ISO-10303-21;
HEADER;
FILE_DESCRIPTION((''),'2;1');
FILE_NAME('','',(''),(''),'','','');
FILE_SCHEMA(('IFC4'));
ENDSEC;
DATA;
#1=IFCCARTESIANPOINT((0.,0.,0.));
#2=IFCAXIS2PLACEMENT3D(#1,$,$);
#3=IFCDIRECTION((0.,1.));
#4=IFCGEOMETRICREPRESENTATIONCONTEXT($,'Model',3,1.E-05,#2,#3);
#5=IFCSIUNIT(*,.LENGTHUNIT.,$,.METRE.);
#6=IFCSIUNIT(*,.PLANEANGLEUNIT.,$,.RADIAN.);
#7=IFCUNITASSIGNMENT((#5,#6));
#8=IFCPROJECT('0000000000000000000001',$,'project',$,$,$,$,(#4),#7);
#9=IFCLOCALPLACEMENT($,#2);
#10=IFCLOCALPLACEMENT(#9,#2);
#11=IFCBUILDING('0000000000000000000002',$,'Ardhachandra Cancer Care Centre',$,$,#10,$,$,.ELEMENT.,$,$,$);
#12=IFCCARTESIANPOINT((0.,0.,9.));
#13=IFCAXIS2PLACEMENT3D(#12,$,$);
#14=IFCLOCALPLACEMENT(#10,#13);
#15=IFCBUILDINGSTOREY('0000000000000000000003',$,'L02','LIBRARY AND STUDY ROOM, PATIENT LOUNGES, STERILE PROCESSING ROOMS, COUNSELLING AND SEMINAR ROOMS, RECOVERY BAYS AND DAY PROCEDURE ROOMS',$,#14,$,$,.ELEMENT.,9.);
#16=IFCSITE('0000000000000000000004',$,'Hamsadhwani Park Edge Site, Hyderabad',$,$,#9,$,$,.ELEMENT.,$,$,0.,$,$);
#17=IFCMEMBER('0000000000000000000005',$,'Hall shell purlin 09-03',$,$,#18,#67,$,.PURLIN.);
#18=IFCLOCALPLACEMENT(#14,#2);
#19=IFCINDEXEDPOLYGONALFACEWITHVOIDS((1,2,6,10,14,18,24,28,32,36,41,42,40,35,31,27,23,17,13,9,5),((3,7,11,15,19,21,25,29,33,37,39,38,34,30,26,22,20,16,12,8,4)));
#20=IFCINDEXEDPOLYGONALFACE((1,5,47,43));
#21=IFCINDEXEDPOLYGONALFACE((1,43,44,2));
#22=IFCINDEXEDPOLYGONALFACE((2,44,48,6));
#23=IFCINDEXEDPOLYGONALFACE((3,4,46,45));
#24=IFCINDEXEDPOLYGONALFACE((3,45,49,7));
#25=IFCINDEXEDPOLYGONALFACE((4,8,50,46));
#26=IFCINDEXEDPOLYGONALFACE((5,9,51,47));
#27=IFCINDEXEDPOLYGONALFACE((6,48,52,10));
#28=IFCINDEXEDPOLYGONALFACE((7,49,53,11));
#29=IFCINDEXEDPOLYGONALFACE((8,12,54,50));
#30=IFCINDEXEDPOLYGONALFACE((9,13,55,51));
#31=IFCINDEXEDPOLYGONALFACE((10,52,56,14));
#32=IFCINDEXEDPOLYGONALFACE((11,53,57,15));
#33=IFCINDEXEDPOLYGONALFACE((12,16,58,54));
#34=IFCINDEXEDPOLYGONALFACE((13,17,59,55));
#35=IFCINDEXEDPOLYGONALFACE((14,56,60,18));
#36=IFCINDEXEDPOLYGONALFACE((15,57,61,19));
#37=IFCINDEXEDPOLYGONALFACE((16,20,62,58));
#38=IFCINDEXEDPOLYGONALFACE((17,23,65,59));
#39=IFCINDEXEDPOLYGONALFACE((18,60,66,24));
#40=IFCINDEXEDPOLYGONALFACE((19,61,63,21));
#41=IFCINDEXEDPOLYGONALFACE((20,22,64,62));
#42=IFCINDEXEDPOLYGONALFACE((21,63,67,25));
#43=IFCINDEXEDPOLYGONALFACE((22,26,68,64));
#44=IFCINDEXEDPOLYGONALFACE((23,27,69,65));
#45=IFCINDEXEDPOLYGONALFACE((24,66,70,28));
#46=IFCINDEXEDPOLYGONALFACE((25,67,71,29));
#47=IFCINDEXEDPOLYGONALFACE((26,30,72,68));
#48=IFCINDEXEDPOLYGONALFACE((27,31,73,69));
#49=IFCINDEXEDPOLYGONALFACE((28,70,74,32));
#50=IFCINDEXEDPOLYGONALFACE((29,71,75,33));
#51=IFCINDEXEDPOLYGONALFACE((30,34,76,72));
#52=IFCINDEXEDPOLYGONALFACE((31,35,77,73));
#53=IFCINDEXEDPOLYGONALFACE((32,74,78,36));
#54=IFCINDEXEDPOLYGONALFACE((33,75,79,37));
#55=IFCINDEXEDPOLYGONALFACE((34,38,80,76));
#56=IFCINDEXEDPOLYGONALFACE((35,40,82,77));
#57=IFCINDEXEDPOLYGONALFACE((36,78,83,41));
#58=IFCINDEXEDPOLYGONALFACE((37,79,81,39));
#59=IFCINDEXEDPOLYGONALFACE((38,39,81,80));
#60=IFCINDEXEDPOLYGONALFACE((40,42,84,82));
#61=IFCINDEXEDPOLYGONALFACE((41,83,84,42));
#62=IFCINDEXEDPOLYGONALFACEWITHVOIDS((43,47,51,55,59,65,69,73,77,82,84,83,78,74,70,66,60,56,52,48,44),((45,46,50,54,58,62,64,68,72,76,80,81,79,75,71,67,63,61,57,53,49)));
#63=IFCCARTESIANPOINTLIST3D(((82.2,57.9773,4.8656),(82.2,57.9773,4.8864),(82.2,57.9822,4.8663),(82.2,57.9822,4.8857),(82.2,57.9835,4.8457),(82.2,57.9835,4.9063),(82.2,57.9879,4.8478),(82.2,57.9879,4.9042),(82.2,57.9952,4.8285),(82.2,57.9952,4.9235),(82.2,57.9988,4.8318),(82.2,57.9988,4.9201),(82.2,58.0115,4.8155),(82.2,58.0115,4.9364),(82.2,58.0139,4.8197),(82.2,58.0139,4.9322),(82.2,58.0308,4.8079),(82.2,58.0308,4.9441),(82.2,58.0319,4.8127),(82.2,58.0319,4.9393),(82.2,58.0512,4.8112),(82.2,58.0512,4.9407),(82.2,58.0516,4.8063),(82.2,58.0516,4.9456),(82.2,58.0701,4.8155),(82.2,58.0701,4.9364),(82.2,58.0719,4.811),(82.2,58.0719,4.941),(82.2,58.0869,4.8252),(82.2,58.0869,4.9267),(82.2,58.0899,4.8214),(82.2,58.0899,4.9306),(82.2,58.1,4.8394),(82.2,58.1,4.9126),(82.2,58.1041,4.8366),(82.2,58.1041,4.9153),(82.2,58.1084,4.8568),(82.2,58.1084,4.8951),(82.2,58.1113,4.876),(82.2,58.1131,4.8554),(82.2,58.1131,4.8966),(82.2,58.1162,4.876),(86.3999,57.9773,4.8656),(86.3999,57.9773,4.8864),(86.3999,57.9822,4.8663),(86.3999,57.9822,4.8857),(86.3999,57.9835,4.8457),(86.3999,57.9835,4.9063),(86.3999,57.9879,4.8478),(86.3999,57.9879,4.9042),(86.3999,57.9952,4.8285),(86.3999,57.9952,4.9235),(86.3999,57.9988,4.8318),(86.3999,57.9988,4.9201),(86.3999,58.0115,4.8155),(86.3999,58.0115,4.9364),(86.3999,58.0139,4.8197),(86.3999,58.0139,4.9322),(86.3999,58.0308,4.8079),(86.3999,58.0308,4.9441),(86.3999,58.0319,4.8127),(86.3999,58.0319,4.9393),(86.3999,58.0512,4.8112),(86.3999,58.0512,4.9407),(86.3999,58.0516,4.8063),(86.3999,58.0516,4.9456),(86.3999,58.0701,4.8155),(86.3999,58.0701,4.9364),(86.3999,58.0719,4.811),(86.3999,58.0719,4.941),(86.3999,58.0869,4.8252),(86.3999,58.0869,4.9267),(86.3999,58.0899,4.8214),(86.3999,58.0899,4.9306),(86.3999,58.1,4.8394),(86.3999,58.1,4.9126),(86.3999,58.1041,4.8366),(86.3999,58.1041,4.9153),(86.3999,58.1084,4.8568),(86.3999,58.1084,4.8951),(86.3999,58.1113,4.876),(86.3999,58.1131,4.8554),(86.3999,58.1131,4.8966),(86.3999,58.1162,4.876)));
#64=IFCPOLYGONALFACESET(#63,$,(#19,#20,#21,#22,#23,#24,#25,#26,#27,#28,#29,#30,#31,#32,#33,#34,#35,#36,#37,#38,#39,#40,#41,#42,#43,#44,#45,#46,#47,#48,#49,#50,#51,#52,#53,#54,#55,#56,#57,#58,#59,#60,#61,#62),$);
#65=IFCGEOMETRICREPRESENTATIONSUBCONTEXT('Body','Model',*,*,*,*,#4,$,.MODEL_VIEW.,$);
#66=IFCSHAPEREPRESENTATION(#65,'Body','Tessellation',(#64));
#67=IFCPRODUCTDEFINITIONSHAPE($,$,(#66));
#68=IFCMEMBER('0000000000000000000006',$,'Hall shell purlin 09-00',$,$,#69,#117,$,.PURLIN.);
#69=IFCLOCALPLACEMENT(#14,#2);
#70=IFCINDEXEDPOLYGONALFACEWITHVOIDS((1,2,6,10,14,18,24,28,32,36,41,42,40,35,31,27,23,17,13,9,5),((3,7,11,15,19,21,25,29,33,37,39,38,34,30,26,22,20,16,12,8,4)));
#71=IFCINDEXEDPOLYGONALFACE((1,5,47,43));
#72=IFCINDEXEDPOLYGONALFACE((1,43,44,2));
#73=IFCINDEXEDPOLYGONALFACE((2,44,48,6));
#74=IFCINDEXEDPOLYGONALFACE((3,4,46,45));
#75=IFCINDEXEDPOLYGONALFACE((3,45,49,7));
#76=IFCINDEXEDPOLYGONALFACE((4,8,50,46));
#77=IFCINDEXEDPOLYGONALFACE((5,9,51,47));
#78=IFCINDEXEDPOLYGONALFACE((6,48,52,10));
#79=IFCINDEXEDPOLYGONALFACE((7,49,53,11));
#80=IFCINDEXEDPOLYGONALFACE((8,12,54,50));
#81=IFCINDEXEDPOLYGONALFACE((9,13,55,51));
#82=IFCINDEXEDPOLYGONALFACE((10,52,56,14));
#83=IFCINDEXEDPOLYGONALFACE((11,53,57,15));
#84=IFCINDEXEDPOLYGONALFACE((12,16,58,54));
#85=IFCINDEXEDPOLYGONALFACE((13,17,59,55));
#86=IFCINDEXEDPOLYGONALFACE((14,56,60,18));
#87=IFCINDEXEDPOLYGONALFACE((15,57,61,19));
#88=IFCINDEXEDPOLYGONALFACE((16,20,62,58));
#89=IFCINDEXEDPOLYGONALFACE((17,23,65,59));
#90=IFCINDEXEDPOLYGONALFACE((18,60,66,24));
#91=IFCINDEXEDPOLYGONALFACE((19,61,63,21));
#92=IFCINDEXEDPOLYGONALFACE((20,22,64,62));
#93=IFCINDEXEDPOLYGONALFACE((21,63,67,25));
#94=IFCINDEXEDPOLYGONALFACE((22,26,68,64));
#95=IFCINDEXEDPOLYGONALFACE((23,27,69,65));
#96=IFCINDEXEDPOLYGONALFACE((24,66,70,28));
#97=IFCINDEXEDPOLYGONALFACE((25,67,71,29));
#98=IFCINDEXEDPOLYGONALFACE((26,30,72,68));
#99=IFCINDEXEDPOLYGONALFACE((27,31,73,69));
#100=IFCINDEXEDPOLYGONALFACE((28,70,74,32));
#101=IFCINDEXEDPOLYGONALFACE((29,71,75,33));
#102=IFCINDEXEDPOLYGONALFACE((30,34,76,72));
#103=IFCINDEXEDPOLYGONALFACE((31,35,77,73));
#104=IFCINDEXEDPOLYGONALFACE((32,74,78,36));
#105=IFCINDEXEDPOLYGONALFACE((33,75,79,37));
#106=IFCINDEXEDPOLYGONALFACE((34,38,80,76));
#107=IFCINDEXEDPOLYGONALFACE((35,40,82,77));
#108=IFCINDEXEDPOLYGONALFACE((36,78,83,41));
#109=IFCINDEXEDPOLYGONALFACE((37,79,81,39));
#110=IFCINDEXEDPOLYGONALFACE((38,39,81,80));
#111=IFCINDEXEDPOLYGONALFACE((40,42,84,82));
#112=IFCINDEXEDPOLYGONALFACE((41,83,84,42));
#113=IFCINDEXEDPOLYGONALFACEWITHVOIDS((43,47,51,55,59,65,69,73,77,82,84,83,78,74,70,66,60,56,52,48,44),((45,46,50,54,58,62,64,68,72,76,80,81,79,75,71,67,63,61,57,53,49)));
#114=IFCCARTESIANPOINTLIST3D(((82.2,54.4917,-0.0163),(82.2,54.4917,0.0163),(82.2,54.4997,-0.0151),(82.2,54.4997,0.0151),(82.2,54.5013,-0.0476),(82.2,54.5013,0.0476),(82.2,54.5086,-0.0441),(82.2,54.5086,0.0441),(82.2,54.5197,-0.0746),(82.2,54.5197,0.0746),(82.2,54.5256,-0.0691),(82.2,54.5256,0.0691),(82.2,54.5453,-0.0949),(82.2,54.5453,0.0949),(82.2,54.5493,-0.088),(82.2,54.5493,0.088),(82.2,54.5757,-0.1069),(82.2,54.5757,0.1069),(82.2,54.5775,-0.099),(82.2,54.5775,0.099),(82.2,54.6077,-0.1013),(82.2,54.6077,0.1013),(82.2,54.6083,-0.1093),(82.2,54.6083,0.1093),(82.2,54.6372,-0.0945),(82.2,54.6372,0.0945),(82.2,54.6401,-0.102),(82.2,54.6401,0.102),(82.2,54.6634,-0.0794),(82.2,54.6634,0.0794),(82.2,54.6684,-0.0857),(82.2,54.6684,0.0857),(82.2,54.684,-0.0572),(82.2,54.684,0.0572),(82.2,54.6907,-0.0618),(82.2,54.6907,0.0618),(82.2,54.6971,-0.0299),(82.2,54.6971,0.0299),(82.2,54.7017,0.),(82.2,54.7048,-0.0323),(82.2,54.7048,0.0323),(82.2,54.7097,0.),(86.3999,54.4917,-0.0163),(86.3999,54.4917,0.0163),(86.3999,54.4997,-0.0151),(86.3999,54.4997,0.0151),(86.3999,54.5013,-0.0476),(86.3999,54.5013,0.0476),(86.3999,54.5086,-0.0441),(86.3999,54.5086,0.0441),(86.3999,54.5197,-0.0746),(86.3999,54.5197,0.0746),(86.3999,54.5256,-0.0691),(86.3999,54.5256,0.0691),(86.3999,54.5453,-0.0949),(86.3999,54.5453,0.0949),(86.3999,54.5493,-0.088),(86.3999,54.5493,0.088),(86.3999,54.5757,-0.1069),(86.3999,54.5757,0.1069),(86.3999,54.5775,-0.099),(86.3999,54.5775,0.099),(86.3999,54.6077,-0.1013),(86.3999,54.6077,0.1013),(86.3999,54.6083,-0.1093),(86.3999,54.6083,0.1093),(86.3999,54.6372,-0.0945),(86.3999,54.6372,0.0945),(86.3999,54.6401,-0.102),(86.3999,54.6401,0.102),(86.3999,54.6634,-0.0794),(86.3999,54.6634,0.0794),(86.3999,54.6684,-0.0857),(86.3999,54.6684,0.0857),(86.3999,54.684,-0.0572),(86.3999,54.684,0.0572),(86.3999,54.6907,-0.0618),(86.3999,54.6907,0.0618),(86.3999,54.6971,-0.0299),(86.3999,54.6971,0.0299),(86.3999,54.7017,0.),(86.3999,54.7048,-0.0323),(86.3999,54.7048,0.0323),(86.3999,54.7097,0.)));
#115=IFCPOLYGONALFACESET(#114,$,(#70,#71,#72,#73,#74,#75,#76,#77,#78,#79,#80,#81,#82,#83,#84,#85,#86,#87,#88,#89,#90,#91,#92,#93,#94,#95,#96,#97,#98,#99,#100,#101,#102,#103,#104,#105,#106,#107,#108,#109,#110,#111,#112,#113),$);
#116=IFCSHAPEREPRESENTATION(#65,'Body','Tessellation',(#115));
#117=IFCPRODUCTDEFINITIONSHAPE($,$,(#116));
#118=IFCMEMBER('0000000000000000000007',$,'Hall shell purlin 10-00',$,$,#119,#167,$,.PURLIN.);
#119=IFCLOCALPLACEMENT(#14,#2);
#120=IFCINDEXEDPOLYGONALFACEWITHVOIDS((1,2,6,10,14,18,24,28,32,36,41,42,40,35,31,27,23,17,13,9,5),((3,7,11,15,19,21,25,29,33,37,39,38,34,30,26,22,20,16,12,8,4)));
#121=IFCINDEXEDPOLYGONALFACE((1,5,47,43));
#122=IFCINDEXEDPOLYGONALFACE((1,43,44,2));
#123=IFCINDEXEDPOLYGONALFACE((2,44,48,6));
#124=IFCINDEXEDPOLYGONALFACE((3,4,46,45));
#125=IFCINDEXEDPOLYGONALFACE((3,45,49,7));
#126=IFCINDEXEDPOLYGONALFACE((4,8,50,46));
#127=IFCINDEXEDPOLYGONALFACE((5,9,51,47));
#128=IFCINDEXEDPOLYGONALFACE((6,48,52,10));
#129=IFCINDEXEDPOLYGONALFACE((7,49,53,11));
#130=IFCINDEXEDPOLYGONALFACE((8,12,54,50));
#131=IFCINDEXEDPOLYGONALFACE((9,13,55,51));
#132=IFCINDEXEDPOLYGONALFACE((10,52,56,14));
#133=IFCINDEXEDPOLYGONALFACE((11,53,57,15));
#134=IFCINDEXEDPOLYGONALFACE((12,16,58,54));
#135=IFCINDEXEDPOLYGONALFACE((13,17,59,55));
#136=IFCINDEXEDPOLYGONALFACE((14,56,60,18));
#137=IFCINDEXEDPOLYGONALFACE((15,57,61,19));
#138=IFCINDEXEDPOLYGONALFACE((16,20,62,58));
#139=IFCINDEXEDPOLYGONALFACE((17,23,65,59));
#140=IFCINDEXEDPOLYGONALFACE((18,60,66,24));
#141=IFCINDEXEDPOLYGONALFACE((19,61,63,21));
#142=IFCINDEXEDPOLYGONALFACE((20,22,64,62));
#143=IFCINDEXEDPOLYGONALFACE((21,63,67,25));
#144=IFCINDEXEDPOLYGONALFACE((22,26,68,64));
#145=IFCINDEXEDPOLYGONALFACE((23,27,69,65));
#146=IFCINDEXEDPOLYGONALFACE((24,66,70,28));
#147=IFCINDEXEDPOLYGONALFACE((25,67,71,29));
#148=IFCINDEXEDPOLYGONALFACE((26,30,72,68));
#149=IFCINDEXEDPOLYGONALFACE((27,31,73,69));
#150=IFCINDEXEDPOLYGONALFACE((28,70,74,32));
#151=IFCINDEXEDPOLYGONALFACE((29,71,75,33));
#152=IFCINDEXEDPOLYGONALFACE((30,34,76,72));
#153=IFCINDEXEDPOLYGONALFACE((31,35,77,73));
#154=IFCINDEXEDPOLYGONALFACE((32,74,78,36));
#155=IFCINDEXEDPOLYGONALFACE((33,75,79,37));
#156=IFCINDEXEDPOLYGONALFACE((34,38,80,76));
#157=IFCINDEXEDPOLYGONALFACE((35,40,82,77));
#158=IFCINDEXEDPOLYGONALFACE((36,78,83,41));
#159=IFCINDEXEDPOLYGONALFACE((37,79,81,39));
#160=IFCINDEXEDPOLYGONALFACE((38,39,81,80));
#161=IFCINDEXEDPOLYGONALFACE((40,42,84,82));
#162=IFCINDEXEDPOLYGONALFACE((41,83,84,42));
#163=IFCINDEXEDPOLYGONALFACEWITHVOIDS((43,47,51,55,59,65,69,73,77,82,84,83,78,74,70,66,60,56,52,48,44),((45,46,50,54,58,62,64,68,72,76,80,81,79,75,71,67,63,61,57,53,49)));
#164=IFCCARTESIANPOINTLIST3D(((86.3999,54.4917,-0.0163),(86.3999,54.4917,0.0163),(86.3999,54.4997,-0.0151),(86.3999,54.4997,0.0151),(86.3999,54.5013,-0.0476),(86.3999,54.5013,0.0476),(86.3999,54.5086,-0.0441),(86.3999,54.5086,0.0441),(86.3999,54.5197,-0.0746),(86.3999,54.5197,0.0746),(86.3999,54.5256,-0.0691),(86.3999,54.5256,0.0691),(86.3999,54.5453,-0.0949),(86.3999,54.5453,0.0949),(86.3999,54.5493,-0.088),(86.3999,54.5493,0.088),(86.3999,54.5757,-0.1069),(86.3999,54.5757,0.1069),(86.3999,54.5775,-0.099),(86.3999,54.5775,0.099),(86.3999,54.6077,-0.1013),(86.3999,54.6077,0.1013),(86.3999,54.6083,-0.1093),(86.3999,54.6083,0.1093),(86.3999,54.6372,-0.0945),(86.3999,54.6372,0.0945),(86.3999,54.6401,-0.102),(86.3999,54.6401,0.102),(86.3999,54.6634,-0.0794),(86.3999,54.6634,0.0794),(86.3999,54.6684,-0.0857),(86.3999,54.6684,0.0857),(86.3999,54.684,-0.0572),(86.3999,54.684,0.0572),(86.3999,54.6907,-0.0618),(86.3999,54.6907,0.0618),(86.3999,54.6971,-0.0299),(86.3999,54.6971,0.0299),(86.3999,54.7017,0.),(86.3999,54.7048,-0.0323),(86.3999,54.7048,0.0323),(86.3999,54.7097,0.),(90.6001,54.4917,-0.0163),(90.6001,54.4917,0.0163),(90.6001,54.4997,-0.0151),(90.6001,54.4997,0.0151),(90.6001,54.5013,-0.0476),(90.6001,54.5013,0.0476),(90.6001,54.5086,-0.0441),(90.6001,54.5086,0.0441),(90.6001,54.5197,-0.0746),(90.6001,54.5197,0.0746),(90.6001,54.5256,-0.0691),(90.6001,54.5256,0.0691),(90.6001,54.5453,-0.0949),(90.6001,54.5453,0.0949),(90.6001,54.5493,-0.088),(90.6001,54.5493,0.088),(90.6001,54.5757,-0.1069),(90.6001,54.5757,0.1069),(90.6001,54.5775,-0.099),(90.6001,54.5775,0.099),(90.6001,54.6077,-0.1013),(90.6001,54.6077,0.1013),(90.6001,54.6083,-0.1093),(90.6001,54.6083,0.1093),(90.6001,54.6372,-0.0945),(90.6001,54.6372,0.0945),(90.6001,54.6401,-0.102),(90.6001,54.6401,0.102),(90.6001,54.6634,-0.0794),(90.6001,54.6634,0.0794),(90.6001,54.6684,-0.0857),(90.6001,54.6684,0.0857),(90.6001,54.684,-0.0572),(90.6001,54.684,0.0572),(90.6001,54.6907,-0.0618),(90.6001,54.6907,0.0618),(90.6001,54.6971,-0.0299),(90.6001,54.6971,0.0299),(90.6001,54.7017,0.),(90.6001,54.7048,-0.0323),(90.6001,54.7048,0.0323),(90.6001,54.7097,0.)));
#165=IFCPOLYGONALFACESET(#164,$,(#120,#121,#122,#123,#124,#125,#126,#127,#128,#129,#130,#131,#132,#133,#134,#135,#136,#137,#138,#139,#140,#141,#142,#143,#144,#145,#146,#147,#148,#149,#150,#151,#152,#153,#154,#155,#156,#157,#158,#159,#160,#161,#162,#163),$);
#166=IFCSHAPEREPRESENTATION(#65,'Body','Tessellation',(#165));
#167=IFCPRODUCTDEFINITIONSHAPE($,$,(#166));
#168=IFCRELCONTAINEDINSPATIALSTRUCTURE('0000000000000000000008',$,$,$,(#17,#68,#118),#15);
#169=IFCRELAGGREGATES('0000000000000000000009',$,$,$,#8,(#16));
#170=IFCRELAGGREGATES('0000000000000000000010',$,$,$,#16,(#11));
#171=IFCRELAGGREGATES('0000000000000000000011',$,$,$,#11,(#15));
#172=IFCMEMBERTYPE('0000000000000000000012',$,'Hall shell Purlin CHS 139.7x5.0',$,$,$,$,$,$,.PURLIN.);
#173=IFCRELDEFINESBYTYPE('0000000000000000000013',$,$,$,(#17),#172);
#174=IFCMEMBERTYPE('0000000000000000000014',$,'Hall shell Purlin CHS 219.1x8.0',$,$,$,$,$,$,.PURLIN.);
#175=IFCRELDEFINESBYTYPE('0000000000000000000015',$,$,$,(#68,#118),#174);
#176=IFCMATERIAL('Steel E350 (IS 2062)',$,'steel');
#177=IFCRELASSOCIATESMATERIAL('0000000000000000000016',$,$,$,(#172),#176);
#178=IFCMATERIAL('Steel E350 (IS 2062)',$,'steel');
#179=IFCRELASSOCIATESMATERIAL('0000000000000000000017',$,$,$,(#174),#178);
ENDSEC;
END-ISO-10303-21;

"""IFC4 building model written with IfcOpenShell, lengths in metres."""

from ifc_helpers import new_model, si_unit, direction, frame, origin, origin_2d, place, context, subcontext, project, spatial, hollow_circle, extrude, material, material_profile, profile_set, type_object, element, save


model = new_model("IFC4")

# Units and contexts
model_context = context("Model", 3, precision=1e-05, world=origin(), true_north=direction((0.0, 1.0)))
body_context = subcontext(model_context, "Body", "Model", "MODEL_VIEW")
ifc_project = project(units=[si_unit("LENGTHUNIT", "METRE"), si_unit("PLANEANGLEUNIT", "RADIAN")], contexts=[model_context])

# Site, building, storey
site_placement = place(None, origin())
site = spatial("IfcSite", under=ifc_project, at=site_placement, Name="Hamsadhwani Park Edge Site, Hyderabad", CompositionType="ELEMENT", RefElevation=0.0)
building_placement = place(site_placement, origin())
building = spatial("IfcBuilding", under=site, at=building_placement, Name="Ardhachandra Cancer Care Centre", CompositionType="ELEMENT")
storey_placement = place(building_placement, frame((0.0, 0.0, 9.0)))
storey = spatial("IfcBuildingStorey", under=building, at=storey_placement, Name="L02", Description="LIBRARY AND STUDY ROOM, PATIENT LOUNGES, STERILE PROCESSING ROOMS, COUNSELLING AND SEMINAR ROOMS, RECOVERY BAYS AND DAY PROCEDURE ROOMS", CompositionType="ELEMENT", Elevation=9.0)

# Members
ifc_material_1 = material(Name="Steel E350 (IS 2062)", Category="steel")
ifc_material_profile_1 = material_profile(ifc_material_1, hollow_circle(Radius=0.0698, WallThickness=0.0049, at=origin_2d()), Name="CHS 139.7x5.0")
ifc_profile_set_1 = profile_set([ifc_material_profile_1], Name="Steel E350 (IS 2062)")
member_type_1 = type_object("IfcMemberType", Name="Hall shell Purlin CHS 139.7x5.0", PredefinedType="PURLIN", material=ifc_profile_set_1)
for number, where, z_axis, x_axis, name in (
    (1, (82.2, 58.0464, 4.876), (1.0, 0.0, 0.0), (0.0, 1.0, 0.0), "Hall shell purlin 09-03"),
):
    element("IfcMember", number, at=place(storey_placement, frame(where, z_axis=z_axis, x_axis=x_axis)), inside=storey, type_object=member_type_1, Name=name, PredefinedType="PURLIN", context=body_context, shape_type="SweptSolid", body=[
        extrude(hollow_circle(Radius=0.0698, WallThickness=0.0049, at=origin_2d()), origin(), (0.0, 0.0, 1.0), 4.2),
    ])
ifc_material_2 = material(Name="Steel E350 (IS 2062)", Category="steel")
ifc_material_profile_2 = material_profile(ifc_material_2, hollow_circle(Radius=0.1096, WallThickness=0.0081, at=origin_2d()), Name="CHS 219.1x8.0")
ifc_profile_set_2 = profile_set([ifc_material_profile_2], Name="Steel E350 (IS 2062)")
member_type_2 = type_object("IfcMemberType", Name="Hall shell Purlin CHS 219.1x8.0", PredefinedType="PURLIN", material=ifc_profile_set_2)
member_1_placement = place(storey_placement, frame((82.2, 54.6001, 0.0), z_axis=(1.0, 0.0, 0.0), x_axis=(0.0, 1.0, 0.0)))
element("IfcMember", 2, at=member_1_placement, inside=storey, type_object=member_type_2, Name="Hall shell purlin 09-00", PredefinedType="PURLIN", context=body_context, shape_type="SweptSolid", body=[
    extrude(hollow_circle(Radius=0.1096, WallThickness=0.0081, at=origin_2d()), origin(), (0.0, 0.0, 1.0), 4.2),
])
member_2_placement = place(storey_placement, frame((86.3999, 54.6001, 0.0), z_axis=(1.0, 0.0, 0.0), x_axis=(0.0, 1.0, 0.0)))
element("IfcMember", 3, at=member_2_placement, inside=storey, type_object=member_type_2, Name="Hall shell purlin 10-00", PredefinedType="PURLIN", context=body_context, shape_type="SweptSolid", body=[
    extrude(hollow_circle(Radius=0.1096, WallThickness=0.0081, at=origin_2d()), origin(), (0.0, 0.0, 1.0), 4.2002),
])

save(model, "model.ifc")
